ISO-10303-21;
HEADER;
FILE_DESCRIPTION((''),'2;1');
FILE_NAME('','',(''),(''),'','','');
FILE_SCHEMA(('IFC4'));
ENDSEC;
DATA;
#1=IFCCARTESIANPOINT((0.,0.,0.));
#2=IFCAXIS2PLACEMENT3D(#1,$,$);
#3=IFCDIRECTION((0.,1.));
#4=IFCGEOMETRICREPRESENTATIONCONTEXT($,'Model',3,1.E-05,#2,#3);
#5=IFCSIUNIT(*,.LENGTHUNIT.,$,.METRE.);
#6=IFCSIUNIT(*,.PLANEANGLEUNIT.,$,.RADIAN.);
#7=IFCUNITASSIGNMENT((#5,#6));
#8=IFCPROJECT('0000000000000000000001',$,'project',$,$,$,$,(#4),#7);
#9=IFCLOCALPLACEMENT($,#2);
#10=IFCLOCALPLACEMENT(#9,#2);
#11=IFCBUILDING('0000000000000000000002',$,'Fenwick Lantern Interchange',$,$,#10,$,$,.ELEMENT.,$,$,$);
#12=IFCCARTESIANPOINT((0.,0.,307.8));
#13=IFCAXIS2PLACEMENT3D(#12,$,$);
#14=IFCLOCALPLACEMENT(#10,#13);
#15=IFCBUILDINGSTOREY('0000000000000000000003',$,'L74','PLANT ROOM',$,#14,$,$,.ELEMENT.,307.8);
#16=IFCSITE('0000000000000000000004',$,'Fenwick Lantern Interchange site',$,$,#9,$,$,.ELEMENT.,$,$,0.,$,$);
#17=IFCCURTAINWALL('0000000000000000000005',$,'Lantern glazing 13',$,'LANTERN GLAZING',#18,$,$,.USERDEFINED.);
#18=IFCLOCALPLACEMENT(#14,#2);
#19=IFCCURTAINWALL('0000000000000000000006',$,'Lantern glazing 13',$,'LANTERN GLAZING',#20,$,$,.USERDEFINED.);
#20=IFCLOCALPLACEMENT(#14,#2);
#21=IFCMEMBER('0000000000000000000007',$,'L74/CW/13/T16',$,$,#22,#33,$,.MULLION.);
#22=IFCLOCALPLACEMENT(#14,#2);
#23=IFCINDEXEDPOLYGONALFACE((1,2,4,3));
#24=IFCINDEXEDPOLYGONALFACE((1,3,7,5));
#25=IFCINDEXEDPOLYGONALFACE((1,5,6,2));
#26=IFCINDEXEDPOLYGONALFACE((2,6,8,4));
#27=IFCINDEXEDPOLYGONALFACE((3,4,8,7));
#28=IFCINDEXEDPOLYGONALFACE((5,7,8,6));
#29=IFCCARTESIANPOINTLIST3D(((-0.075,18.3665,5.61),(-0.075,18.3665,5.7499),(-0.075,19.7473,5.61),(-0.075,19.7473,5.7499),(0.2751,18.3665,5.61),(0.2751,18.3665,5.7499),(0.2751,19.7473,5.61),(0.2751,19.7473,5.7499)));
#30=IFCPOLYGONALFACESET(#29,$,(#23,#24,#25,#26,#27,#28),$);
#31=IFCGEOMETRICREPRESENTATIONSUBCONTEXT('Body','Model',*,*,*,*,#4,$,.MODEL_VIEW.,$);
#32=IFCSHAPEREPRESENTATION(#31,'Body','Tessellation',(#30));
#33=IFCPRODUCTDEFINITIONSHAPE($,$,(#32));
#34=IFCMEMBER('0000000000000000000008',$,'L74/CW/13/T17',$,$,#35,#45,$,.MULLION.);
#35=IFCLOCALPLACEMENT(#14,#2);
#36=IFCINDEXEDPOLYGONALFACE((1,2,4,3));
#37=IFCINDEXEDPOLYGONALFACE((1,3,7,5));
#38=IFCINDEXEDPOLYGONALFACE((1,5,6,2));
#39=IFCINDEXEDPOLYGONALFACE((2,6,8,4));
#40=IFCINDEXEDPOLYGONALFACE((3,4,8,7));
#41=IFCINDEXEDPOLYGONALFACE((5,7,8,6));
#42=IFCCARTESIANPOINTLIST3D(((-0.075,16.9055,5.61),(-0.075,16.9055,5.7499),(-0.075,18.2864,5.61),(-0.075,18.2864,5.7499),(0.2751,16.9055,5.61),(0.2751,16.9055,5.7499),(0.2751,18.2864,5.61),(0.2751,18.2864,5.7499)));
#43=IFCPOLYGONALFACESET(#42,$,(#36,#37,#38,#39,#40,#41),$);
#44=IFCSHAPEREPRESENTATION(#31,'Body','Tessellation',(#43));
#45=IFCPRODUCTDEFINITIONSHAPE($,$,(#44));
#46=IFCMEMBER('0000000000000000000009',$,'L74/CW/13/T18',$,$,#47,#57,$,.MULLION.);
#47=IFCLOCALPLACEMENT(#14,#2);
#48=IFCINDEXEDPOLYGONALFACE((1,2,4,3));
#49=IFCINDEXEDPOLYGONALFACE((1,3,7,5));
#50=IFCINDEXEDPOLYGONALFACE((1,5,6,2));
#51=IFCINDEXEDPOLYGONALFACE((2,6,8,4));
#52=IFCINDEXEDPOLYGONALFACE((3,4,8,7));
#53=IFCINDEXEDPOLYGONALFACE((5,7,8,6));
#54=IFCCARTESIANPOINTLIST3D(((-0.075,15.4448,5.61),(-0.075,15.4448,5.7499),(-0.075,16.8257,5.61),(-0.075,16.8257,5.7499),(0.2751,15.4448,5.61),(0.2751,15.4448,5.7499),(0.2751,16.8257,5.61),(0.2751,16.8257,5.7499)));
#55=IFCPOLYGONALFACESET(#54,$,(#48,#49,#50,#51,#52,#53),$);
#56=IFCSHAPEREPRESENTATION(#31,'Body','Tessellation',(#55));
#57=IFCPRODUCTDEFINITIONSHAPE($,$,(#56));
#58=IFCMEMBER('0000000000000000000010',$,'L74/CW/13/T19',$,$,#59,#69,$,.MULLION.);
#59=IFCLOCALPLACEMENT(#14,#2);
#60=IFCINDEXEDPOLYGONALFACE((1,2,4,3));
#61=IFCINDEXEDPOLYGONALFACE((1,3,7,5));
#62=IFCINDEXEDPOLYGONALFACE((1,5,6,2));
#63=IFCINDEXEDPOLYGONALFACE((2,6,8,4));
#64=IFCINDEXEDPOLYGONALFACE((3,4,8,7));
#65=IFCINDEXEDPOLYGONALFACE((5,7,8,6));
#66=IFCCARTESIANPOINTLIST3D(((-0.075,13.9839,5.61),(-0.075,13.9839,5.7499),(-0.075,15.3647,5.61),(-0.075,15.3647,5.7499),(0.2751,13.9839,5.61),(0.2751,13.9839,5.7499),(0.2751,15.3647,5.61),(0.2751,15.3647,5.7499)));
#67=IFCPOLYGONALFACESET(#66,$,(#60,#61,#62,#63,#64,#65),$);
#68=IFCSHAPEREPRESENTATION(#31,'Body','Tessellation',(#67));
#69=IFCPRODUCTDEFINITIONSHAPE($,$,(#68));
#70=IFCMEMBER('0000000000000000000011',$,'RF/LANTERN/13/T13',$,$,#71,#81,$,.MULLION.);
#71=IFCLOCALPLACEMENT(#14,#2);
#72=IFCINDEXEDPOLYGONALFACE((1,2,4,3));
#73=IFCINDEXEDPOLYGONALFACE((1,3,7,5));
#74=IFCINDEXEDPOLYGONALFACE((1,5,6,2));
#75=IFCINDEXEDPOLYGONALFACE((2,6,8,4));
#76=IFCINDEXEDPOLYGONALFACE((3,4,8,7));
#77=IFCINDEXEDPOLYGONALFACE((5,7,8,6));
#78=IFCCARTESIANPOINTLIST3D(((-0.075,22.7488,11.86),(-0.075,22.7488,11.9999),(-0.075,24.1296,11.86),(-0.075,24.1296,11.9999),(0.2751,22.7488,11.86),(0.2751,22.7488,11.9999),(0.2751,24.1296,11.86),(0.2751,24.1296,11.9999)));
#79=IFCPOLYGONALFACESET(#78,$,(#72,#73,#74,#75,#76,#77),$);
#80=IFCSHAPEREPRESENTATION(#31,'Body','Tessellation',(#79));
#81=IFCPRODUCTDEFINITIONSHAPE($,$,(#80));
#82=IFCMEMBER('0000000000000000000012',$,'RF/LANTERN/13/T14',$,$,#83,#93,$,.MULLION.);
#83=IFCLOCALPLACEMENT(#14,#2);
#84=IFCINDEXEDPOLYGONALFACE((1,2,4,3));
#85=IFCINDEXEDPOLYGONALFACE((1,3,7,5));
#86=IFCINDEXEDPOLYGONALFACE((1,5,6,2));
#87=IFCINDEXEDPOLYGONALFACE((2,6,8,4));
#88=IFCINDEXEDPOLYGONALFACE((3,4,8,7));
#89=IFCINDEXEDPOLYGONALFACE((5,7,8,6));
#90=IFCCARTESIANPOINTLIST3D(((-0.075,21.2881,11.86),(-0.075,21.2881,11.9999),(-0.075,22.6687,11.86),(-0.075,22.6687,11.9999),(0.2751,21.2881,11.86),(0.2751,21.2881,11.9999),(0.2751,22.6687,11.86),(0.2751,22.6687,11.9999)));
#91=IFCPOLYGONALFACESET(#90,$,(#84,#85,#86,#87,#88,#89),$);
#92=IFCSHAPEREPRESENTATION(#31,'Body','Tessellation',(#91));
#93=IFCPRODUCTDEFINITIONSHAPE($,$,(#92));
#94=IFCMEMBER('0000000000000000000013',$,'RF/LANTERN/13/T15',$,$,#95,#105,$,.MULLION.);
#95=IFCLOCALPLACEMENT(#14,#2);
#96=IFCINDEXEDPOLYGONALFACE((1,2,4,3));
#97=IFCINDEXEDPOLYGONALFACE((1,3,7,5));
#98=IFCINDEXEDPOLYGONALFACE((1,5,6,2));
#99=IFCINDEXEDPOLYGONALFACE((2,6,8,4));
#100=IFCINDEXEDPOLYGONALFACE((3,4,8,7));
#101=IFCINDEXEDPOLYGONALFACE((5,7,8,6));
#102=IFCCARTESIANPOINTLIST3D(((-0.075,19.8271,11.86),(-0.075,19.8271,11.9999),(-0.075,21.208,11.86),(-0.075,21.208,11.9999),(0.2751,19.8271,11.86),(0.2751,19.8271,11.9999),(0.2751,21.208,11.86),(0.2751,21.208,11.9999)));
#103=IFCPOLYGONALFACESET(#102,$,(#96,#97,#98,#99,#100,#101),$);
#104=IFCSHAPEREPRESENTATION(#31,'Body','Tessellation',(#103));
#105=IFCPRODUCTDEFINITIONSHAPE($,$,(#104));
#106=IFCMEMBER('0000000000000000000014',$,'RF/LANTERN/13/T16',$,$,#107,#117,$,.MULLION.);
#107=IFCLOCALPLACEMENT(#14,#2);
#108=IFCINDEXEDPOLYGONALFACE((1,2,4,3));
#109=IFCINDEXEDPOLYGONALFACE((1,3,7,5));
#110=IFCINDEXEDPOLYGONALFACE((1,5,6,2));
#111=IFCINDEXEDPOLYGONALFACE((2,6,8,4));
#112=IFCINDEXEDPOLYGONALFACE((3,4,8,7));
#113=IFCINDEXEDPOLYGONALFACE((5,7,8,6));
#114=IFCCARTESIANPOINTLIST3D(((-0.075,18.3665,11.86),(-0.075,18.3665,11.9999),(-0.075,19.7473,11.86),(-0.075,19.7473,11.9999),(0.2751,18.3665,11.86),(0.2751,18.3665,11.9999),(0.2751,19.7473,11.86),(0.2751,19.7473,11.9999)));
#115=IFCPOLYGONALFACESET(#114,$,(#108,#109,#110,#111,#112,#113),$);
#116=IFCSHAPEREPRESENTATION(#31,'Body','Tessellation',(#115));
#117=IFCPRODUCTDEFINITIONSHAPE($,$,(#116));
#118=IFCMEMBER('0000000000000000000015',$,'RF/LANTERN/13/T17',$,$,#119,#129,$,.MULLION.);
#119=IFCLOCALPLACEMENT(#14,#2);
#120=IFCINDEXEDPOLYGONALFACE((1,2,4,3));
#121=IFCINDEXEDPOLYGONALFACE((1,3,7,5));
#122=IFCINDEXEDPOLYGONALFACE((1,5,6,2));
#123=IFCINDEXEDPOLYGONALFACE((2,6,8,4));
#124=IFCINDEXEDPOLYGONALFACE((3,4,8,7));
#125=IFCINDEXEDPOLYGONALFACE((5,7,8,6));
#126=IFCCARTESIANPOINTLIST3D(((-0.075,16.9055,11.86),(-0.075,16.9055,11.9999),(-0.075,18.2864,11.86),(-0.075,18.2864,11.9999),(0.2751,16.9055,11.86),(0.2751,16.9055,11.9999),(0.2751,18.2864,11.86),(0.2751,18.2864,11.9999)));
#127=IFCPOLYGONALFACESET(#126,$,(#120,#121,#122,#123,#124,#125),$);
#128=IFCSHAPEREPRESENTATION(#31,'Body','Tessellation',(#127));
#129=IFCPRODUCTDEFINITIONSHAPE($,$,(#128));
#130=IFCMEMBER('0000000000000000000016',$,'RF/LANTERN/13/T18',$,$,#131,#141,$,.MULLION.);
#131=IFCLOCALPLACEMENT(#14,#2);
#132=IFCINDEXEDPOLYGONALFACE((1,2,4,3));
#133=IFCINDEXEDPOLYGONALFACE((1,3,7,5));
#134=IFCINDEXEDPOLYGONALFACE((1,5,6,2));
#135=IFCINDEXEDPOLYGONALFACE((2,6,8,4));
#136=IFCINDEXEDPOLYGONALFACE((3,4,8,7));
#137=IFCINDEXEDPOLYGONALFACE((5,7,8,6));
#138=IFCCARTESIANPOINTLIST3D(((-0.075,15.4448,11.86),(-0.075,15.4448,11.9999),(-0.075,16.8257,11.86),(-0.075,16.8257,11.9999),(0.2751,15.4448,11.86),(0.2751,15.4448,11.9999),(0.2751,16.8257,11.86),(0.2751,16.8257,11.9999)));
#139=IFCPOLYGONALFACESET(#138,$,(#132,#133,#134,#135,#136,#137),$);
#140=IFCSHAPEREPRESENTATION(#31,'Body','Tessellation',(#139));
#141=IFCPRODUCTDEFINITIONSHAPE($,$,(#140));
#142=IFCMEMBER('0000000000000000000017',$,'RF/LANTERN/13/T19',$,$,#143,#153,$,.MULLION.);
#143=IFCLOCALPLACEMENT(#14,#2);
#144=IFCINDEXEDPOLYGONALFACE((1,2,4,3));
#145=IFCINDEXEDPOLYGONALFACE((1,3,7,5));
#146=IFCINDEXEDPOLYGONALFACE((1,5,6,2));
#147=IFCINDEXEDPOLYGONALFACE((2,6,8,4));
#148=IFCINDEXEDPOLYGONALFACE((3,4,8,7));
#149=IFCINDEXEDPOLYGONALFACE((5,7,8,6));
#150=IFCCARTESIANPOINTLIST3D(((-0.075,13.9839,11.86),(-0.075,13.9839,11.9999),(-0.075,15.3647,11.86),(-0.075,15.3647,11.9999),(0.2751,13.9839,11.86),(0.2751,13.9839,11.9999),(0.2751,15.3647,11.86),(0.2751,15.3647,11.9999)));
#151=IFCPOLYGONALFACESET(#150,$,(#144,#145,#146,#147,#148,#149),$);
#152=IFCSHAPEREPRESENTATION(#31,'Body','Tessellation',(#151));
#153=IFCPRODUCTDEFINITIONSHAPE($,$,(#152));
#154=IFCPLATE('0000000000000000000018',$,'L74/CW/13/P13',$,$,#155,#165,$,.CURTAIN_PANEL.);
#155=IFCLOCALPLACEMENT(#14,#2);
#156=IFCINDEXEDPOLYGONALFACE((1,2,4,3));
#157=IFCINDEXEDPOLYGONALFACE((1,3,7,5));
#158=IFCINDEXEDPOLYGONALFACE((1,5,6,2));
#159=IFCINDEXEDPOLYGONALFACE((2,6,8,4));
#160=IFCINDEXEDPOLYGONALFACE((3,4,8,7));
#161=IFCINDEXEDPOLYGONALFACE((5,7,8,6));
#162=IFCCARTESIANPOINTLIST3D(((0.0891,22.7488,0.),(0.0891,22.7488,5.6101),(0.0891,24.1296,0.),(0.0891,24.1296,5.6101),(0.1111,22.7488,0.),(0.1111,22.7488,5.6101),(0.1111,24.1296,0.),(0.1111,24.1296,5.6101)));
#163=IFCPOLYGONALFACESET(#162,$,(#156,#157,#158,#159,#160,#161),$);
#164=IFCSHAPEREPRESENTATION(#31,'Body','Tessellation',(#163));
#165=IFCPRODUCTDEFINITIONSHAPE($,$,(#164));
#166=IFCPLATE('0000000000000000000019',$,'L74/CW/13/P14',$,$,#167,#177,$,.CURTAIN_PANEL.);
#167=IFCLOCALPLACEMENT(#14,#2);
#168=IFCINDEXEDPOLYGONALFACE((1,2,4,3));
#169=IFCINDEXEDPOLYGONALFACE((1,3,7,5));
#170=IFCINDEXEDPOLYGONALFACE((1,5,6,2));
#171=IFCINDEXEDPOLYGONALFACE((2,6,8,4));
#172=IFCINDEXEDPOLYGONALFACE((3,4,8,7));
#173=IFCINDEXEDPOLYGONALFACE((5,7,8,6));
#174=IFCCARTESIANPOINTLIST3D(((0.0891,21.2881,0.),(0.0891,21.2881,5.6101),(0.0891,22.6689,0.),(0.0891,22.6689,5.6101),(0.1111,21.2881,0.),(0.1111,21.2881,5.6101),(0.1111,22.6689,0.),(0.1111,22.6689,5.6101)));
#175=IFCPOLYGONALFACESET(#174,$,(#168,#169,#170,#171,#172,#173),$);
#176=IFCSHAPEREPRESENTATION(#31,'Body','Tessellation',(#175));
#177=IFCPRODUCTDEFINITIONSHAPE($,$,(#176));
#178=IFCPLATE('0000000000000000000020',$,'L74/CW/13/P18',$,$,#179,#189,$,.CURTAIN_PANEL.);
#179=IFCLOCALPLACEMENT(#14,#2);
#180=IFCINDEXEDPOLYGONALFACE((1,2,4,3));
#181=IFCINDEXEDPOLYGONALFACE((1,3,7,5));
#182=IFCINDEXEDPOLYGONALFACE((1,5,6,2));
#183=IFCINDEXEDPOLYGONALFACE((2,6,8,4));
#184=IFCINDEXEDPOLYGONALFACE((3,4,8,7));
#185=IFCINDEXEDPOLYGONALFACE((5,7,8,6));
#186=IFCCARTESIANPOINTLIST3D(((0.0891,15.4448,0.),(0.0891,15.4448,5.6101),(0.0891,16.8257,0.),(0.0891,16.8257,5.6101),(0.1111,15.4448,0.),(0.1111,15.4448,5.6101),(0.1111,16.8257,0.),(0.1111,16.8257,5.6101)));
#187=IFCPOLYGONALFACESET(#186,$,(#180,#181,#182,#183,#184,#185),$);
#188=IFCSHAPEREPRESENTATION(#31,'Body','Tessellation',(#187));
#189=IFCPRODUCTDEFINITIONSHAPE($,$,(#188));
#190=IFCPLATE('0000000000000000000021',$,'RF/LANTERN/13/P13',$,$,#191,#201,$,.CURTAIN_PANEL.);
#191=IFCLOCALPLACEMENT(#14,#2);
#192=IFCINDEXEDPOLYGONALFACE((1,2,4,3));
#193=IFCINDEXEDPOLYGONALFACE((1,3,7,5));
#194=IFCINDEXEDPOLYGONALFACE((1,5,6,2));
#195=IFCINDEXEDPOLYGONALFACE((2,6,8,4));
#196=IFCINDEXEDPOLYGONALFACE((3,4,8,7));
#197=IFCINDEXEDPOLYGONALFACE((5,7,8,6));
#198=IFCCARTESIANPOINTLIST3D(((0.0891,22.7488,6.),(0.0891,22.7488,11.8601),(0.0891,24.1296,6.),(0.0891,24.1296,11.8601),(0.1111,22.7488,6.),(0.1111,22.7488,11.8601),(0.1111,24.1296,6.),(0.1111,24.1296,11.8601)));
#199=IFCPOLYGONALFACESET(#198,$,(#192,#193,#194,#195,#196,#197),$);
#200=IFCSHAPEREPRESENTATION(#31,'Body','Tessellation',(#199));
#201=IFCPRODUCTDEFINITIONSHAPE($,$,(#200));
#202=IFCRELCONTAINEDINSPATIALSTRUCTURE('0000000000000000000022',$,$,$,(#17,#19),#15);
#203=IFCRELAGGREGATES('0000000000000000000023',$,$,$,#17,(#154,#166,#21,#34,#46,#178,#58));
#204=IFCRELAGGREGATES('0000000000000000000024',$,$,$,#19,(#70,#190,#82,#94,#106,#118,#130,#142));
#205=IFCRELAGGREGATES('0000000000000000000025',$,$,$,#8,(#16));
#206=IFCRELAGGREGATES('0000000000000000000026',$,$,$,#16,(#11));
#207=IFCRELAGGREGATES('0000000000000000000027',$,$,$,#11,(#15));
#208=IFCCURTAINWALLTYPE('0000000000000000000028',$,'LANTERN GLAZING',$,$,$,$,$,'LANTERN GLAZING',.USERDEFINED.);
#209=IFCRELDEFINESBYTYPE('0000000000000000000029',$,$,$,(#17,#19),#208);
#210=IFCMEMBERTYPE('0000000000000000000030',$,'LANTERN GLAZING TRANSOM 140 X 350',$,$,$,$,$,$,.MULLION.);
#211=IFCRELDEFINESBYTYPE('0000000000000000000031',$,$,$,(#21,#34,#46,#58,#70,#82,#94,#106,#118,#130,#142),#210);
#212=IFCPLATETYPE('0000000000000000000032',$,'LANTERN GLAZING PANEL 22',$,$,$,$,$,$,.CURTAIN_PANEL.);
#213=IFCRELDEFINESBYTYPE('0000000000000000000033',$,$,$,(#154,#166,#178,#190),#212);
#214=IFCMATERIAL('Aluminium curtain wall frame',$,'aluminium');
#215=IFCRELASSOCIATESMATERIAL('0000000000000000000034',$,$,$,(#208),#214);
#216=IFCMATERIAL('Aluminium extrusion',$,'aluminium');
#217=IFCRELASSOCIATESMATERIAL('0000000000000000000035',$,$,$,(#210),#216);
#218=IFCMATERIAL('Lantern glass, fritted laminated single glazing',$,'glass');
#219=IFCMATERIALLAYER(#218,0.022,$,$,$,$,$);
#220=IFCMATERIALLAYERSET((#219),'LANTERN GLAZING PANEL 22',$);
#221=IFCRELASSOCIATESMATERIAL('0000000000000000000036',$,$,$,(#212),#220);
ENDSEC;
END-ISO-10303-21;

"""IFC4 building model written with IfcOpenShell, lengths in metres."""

from ifc_helpers import new_model, si_unit, direction, frame, origin, origin_2d, place, context, subcontext, project, spatial, rectangle, extrude, material, layer, layer_set, material_profile, profile_set, type_object, element, aggregate, save


model = new_model("IFC4")

# Units and contexts
model_context = context("Model", 3, precision=1e-05, world=origin(), true_north=direction((0.0, 1.0)))
body_context = subcontext(model_context, "Body", "Model", "MODEL_VIEW")
ifc_project = project(units=[si_unit("LENGTHUNIT", "METRE"), si_unit("PLANEANGLEUNIT", "RADIAN")], contexts=[model_context])

# Site, building, storey
site_placement = place(None, origin())
site = spatial("IfcSite", under=ifc_project, at=site_placement, Name="Fenwick Lantern Interchange site", CompositionType="ELEMENT", RefElevation=0.0)
building_placement = place(site_placement, origin())
building = spatial("IfcBuilding", under=site, at=building_placement, Name="Fenwick Lantern Interchange", CompositionType="ELEMENT")
storey_placement = place(building_placement, frame((0.0, 0.0, 307.8)))
storey = spatial("IfcBuildingStorey", under=building, at=storey_placement, Name="L74", Description="PLANT ROOM", CompositionType="ELEMENT", Elevation=307.8)

# Curtain walls
ifc_material_1 = material(Name="Aluminium curtain wall frame", Category="aluminium")
curtain_wall_type = type_object("IfcCurtainWallType", Name="LANTERN GLAZING", ElementType="LANTERN GLAZING", PredefinedType="USERDEFINED", material=ifc_material_1)
curtain_wall_1_placement = place(storey_placement, origin())
curtain_wall_1 = element("IfcCurtainWall", 1, at=curtain_wall_1_placement, inside=storey, type_object=curtain_wall_type, Name="Lantern glazing 13", ObjectType="LANTERN GLAZING", PredefinedType="USERDEFINED")
ifc_material_2 = material(Name="Aluminium extrusion", Category="aluminium")
curtain_wall_2_placement = place(storey_placement, origin())
curtain_wall_2 = element("IfcCurtainWall", 2, at=curtain_wall_2_placement, inside=storey, type_object=curtain_wall_type, Name="Lantern glazing 13", ObjectType="LANTERN GLAZING", PredefinedType="USERDEFINED")

# Members
ifc_material_profile_1 = material_profile(ifc_material_2, rectangle(XDim=0.3501, YDim=0.1399, at=origin_2d()), Name="LANTERN GLAZING TRANSOM 140 X 350")
ifc_profile_set_1 = profile_set([ifc_material_profile_1], Name="Aluminium extrusion")
member_type_1 = type_object("IfcMemberType", Name="LANTERN GLAZING TRANSOM 140 X 350", PredefinedType="MULLION", material=ifc_profile_set_1)
member_1_placement = place(storey_placement, frame((0.1001, 19.7473, 5.6799), z_axis=(0.0, -1.0, 0.0), x_axis=(1.0, 0.0, 0.0)))
member_1 = element("IfcMember", 3, at=member_1_placement, type_object=member_type_1, Name="L74/CW/13/T16", PredefinedType="MULLION", context=body_context, shape_type="SweptSolid", body=[
    extrude(rectangle(XDim=0.3501, YDim=0.1399, at=origin_2d()), origin(), (0.0, 0.0, 1.0), 1.3809),
])
member_2_placement = place(storey_placement, frame((0.1001, 18.2864, 5.6799), z_axis=(0.0, -1.0, 0.0), x_axis=(1.0, 0.0, 0.0)))
member_2 = element("IfcMember", 4, at=member_2_placement, type_object=member_type_1, Name="L74/CW/13/T17", PredefinedType="MULLION", context=body_context, shape_type="SweptSolid", body=[
    extrude(rectangle(XDim=0.3501, YDim=0.1399, at=origin_2d()), origin(), (0.0, 0.0, 1.0), 1.3809),
])
member_3_placement = place(storey_placement, frame((0.1001, 16.8257, 5.6799), z_axis=(0.0, -1.0, 0.0), x_axis=(1.0, 0.0, 0.0)))
member_3 = element("IfcMember", 5, at=member_3_placement, type_object=member_type_1, Name="L74/CW/13/T18", PredefinedType="MULLION", context=body_context, shape_type="SweptSolid", body=[
    extrude(rectangle(XDim=0.3501, YDim=0.1399, at=origin_2d()), origin(), (0.0, 0.0, 1.0), 1.3809),
])
member_4_placement = place(storey_placement, frame((0.1001, 15.3647, 5.6799), z_axis=(0.0, -1.0, 0.0), x_axis=(1.0, 0.0, 0.0)))
member_4 = element("IfcMember", 6, at=member_4_placement, type_object=member_type_1, Name="L74/CW/13/T19", PredefinedType="MULLION", context=body_context, shape_type="SweptSolid", body=[
    extrude(rectangle(XDim=0.3501, YDim=0.1399, at=origin_2d()), origin(), (0.0, 0.0, 1.0), 1.3809),
])
member_5_placement = place(storey_placement, frame((0.1001, 24.1296, 11.9299), z_axis=(0.0, -1.0, 0.0), x_axis=(1.0, 0.0, 0.0)))
member_5 = element("IfcMember", 7, at=member_5_placement, type_object=member_type_1, Name="RF/LANTERN/13/T13", PredefinedType="MULLION", context=body_context, shape_type="SweptSolid", body=[
    extrude(rectangle(XDim=0.3501, YDim=0.1399, at=origin_2d()), origin(), (0.0, 0.0, 1.0), 1.3809),
])
member_6_placement = place(storey_placement, frame((0.1001, 22.6687, 11.9299), z_axis=(0.0, -1.0, 0.0), x_axis=(1.0, 0.0, 0.0)))
member_6 = element("IfcMember", 8, at=member_6_placement, type_object=member_type_1, Name="RF/LANTERN/13/T14", PredefinedType="MULLION", context=body_context, shape_type="SweptSolid", body=[
    extrude(rectangle(XDim=0.3501, YDim=0.1399, at=origin_2d()), origin(), (0.0, 0.0, 1.0), 1.3806),
])
member_7_placement = place(storey_placement, frame((0.1001, 21.208, 11.9299), z_axis=(0.0, -1.0, 0.0), x_axis=(1.0, 0.0, 0.0)))
member_7 = element("IfcMember", 9, at=member_7_placement, type_object=member_type_1, Name="RF/LANTERN/13/T15", PredefinedType="MULLION", context=body_context, shape_type="SweptSolid", body=[
    extrude(rectangle(XDim=0.3501, YDim=0.1399, at=origin_2d()), origin(), (0.0, 0.0, 1.0), 1.3809),
])
member_8_placement = place(storey_placement, frame((0.1001, 19.7473, 11.9299), z_axis=(0.0, -1.0, 0.0), x_axis=(1.0, 0.0, 0.0)))
member_8 = element("IfcMember", 10, at=member_8_placement, type_object=member_type_1, Name="RF/LANTERN/13/T16", PredefinedType="MULLION", context=body_context, shape_type="SweptSolid", body=[
    extrude(rectangle(XDim=0.3501, YDim=0.1399, at=origin_2d()), origin(), (0.0, 0.0, 1.0), 1.3809),
])
member_9_placement = place(storey_placement, frame((0.1001, 18.2864, 11.9299), z_axis=(0.0, -1.0, 0.0), x_axis=(1.0, 0.0, 0.0)))
member_9 = element("IfcMember", 11, at=member_9_placement, type_object=member_type_1, Name="RF/LANTERN/13/T17", PredefinedType="MULLION", context=body_context, shape_type="SweptSolid", body=[
    extrude(rectangle(XDim=0.3501, YDim=0.1399, at=origin_2d()), origin(), (0.0, 0.0, 1.0), 1.3809),
])
member_10_placement = place(storey_placement, frame((0.1001, 16.8257, 11.9299), z_axis=(0.0, -1.0, 0.0), x_axis=(1.0, 0.0, 0.0)))
member_10 = element("IfcMember", 12, at=member_10_placement, type_object=member_type_1, Name="RF/LANTERN/13/T18", PredefinedType="MULLION", context=body_context, shape_type="SweptSolid", body=[
    extrude(rectangle(XDim=0.3501, YDim=0.1399, at=origin_2d()), origin(), (0.0, 0.0, 1.0), 1.3809),
])
member_11_placement = place(storey_placement, frame((0.1001, 15.3647, 11.9299), z_axis=(0.0, -1.0, 0.0), x_axis=(1.0, 0.0, 0.0)))
member_11 = element("IfcMember", 13, at=member_11_placement, type_object=member_type_1, Name="RF/LANTERN/13/T19", PredefinedType="MULLION", context=body_context, shape_type="SweptSolid", body=[
    extrude(rectangle(XDim=0.3501, YDim=0.1399, at=origin_2d()), origin(), (0.0, 0.0, 1.0), 1.3809),
])

# Plates
ifc_material_3 = material(Name="Lantern glass, fritted laminated single glazing", Category="glass")
ifc_layer = layer(ifc_material_3, 0.022)
ifc_layer_set = layer_set([ifc_layer], Name="LANTERN GLAZING PANEL 22")
plate_type = type_object("IfcPlateType", Name="LANTERN GLAZING PANEL 22", PredefinedType="CURTAIN_PANEL", material=ifc_layer_set)
plate_1_placement = place(storey_placement, frame((0.1001, 23.4392, 0.0), z_axis=(0.0, 0.0, 1.0), x_axis=(0.0, -1.0, 0.0)))
plate_1 = element("IfcPlate", 14, at=plate_1_placement, type_object=plate_type, Name="L74/CW/13/P13", PredefinedType="CURTAIN_PANEL", context=body_context, shape_type="SweptSolid", body=[
    extrude(rectangle(XDim=1.3809, YDim=0.022, at=origin_2d()), origin(), (0.0, 0.0, 1.0), 5.6101),
])
plate_2_placement = place(storey_placement, frame((0.1001, 21.9785, 0.0), z_axis=(0.0, 0.0, 1.0), x_axis=(0.0, -1.0, 0.0)))
plate_2 = element("IfcPlate", 15, at=plate_2_placement, type_object=plate_type, Name="L74/CW/13/P14", PredefinedType="CURTAIN_PANEL", context=body_context, shape_type="SweptSolid", body=[
    extrude(rectangle(XDim=1.3809, YDim=0.022, at=origin_2d()), origin(), (0.0, 0.0, 1.0), 5.6101),
])
plate_3_placement = place(storey_placement, frame((0.1001, 16.1353, 0.0), z_axis=(0.0, 0.0, 1.0), x_axis=(0.0, -1.0, 0.0)))
plate_3 = element("IfcPlate", 16, at=plate_3_placement, type_object=plate_type, Name="L74/CW/13/P18", PredefinedType="CURTAIN_PANEL", context=body_context, shape_type="SweptSolid", body=[
    extrude(rectangle(XDim=1.3809, YDim=0.022, at=origin_2d()), origin(), (0.0, 0.0, 1.0), 5.6101),
])
aggregate(curtain_wall_1, [plate_1, plate_2, member_1, member_2, member_3, plate_3, member_4])
plate_4_placement = place(storey_placement, frame((0.1001, 23.4392, 6.0), z_axis=(0.0, 0.0, 1.0), x_axis=(0.0, -1.0, 0.0)))
plate_4 = element("IfcPlate", 17, at=plate_4_placement, type_object=plate_type, Name="RF/LANTERN/13/P13", PredefinedType="CURTAIN_PANEL", context=body_context, shape_type="SweptSolid", body=[
    extrude(rectangle(XDim=1.3809, YDim=0.022, at=origin_2d()), origin(), (0.0, 0.0, 1.0), 5.8601),
])
aggregate(curtain_wall_2, [member_5, plate_4, member_6, member_7, member_8, member_9, member_10, member_11])

save(model, "model.ifc")
